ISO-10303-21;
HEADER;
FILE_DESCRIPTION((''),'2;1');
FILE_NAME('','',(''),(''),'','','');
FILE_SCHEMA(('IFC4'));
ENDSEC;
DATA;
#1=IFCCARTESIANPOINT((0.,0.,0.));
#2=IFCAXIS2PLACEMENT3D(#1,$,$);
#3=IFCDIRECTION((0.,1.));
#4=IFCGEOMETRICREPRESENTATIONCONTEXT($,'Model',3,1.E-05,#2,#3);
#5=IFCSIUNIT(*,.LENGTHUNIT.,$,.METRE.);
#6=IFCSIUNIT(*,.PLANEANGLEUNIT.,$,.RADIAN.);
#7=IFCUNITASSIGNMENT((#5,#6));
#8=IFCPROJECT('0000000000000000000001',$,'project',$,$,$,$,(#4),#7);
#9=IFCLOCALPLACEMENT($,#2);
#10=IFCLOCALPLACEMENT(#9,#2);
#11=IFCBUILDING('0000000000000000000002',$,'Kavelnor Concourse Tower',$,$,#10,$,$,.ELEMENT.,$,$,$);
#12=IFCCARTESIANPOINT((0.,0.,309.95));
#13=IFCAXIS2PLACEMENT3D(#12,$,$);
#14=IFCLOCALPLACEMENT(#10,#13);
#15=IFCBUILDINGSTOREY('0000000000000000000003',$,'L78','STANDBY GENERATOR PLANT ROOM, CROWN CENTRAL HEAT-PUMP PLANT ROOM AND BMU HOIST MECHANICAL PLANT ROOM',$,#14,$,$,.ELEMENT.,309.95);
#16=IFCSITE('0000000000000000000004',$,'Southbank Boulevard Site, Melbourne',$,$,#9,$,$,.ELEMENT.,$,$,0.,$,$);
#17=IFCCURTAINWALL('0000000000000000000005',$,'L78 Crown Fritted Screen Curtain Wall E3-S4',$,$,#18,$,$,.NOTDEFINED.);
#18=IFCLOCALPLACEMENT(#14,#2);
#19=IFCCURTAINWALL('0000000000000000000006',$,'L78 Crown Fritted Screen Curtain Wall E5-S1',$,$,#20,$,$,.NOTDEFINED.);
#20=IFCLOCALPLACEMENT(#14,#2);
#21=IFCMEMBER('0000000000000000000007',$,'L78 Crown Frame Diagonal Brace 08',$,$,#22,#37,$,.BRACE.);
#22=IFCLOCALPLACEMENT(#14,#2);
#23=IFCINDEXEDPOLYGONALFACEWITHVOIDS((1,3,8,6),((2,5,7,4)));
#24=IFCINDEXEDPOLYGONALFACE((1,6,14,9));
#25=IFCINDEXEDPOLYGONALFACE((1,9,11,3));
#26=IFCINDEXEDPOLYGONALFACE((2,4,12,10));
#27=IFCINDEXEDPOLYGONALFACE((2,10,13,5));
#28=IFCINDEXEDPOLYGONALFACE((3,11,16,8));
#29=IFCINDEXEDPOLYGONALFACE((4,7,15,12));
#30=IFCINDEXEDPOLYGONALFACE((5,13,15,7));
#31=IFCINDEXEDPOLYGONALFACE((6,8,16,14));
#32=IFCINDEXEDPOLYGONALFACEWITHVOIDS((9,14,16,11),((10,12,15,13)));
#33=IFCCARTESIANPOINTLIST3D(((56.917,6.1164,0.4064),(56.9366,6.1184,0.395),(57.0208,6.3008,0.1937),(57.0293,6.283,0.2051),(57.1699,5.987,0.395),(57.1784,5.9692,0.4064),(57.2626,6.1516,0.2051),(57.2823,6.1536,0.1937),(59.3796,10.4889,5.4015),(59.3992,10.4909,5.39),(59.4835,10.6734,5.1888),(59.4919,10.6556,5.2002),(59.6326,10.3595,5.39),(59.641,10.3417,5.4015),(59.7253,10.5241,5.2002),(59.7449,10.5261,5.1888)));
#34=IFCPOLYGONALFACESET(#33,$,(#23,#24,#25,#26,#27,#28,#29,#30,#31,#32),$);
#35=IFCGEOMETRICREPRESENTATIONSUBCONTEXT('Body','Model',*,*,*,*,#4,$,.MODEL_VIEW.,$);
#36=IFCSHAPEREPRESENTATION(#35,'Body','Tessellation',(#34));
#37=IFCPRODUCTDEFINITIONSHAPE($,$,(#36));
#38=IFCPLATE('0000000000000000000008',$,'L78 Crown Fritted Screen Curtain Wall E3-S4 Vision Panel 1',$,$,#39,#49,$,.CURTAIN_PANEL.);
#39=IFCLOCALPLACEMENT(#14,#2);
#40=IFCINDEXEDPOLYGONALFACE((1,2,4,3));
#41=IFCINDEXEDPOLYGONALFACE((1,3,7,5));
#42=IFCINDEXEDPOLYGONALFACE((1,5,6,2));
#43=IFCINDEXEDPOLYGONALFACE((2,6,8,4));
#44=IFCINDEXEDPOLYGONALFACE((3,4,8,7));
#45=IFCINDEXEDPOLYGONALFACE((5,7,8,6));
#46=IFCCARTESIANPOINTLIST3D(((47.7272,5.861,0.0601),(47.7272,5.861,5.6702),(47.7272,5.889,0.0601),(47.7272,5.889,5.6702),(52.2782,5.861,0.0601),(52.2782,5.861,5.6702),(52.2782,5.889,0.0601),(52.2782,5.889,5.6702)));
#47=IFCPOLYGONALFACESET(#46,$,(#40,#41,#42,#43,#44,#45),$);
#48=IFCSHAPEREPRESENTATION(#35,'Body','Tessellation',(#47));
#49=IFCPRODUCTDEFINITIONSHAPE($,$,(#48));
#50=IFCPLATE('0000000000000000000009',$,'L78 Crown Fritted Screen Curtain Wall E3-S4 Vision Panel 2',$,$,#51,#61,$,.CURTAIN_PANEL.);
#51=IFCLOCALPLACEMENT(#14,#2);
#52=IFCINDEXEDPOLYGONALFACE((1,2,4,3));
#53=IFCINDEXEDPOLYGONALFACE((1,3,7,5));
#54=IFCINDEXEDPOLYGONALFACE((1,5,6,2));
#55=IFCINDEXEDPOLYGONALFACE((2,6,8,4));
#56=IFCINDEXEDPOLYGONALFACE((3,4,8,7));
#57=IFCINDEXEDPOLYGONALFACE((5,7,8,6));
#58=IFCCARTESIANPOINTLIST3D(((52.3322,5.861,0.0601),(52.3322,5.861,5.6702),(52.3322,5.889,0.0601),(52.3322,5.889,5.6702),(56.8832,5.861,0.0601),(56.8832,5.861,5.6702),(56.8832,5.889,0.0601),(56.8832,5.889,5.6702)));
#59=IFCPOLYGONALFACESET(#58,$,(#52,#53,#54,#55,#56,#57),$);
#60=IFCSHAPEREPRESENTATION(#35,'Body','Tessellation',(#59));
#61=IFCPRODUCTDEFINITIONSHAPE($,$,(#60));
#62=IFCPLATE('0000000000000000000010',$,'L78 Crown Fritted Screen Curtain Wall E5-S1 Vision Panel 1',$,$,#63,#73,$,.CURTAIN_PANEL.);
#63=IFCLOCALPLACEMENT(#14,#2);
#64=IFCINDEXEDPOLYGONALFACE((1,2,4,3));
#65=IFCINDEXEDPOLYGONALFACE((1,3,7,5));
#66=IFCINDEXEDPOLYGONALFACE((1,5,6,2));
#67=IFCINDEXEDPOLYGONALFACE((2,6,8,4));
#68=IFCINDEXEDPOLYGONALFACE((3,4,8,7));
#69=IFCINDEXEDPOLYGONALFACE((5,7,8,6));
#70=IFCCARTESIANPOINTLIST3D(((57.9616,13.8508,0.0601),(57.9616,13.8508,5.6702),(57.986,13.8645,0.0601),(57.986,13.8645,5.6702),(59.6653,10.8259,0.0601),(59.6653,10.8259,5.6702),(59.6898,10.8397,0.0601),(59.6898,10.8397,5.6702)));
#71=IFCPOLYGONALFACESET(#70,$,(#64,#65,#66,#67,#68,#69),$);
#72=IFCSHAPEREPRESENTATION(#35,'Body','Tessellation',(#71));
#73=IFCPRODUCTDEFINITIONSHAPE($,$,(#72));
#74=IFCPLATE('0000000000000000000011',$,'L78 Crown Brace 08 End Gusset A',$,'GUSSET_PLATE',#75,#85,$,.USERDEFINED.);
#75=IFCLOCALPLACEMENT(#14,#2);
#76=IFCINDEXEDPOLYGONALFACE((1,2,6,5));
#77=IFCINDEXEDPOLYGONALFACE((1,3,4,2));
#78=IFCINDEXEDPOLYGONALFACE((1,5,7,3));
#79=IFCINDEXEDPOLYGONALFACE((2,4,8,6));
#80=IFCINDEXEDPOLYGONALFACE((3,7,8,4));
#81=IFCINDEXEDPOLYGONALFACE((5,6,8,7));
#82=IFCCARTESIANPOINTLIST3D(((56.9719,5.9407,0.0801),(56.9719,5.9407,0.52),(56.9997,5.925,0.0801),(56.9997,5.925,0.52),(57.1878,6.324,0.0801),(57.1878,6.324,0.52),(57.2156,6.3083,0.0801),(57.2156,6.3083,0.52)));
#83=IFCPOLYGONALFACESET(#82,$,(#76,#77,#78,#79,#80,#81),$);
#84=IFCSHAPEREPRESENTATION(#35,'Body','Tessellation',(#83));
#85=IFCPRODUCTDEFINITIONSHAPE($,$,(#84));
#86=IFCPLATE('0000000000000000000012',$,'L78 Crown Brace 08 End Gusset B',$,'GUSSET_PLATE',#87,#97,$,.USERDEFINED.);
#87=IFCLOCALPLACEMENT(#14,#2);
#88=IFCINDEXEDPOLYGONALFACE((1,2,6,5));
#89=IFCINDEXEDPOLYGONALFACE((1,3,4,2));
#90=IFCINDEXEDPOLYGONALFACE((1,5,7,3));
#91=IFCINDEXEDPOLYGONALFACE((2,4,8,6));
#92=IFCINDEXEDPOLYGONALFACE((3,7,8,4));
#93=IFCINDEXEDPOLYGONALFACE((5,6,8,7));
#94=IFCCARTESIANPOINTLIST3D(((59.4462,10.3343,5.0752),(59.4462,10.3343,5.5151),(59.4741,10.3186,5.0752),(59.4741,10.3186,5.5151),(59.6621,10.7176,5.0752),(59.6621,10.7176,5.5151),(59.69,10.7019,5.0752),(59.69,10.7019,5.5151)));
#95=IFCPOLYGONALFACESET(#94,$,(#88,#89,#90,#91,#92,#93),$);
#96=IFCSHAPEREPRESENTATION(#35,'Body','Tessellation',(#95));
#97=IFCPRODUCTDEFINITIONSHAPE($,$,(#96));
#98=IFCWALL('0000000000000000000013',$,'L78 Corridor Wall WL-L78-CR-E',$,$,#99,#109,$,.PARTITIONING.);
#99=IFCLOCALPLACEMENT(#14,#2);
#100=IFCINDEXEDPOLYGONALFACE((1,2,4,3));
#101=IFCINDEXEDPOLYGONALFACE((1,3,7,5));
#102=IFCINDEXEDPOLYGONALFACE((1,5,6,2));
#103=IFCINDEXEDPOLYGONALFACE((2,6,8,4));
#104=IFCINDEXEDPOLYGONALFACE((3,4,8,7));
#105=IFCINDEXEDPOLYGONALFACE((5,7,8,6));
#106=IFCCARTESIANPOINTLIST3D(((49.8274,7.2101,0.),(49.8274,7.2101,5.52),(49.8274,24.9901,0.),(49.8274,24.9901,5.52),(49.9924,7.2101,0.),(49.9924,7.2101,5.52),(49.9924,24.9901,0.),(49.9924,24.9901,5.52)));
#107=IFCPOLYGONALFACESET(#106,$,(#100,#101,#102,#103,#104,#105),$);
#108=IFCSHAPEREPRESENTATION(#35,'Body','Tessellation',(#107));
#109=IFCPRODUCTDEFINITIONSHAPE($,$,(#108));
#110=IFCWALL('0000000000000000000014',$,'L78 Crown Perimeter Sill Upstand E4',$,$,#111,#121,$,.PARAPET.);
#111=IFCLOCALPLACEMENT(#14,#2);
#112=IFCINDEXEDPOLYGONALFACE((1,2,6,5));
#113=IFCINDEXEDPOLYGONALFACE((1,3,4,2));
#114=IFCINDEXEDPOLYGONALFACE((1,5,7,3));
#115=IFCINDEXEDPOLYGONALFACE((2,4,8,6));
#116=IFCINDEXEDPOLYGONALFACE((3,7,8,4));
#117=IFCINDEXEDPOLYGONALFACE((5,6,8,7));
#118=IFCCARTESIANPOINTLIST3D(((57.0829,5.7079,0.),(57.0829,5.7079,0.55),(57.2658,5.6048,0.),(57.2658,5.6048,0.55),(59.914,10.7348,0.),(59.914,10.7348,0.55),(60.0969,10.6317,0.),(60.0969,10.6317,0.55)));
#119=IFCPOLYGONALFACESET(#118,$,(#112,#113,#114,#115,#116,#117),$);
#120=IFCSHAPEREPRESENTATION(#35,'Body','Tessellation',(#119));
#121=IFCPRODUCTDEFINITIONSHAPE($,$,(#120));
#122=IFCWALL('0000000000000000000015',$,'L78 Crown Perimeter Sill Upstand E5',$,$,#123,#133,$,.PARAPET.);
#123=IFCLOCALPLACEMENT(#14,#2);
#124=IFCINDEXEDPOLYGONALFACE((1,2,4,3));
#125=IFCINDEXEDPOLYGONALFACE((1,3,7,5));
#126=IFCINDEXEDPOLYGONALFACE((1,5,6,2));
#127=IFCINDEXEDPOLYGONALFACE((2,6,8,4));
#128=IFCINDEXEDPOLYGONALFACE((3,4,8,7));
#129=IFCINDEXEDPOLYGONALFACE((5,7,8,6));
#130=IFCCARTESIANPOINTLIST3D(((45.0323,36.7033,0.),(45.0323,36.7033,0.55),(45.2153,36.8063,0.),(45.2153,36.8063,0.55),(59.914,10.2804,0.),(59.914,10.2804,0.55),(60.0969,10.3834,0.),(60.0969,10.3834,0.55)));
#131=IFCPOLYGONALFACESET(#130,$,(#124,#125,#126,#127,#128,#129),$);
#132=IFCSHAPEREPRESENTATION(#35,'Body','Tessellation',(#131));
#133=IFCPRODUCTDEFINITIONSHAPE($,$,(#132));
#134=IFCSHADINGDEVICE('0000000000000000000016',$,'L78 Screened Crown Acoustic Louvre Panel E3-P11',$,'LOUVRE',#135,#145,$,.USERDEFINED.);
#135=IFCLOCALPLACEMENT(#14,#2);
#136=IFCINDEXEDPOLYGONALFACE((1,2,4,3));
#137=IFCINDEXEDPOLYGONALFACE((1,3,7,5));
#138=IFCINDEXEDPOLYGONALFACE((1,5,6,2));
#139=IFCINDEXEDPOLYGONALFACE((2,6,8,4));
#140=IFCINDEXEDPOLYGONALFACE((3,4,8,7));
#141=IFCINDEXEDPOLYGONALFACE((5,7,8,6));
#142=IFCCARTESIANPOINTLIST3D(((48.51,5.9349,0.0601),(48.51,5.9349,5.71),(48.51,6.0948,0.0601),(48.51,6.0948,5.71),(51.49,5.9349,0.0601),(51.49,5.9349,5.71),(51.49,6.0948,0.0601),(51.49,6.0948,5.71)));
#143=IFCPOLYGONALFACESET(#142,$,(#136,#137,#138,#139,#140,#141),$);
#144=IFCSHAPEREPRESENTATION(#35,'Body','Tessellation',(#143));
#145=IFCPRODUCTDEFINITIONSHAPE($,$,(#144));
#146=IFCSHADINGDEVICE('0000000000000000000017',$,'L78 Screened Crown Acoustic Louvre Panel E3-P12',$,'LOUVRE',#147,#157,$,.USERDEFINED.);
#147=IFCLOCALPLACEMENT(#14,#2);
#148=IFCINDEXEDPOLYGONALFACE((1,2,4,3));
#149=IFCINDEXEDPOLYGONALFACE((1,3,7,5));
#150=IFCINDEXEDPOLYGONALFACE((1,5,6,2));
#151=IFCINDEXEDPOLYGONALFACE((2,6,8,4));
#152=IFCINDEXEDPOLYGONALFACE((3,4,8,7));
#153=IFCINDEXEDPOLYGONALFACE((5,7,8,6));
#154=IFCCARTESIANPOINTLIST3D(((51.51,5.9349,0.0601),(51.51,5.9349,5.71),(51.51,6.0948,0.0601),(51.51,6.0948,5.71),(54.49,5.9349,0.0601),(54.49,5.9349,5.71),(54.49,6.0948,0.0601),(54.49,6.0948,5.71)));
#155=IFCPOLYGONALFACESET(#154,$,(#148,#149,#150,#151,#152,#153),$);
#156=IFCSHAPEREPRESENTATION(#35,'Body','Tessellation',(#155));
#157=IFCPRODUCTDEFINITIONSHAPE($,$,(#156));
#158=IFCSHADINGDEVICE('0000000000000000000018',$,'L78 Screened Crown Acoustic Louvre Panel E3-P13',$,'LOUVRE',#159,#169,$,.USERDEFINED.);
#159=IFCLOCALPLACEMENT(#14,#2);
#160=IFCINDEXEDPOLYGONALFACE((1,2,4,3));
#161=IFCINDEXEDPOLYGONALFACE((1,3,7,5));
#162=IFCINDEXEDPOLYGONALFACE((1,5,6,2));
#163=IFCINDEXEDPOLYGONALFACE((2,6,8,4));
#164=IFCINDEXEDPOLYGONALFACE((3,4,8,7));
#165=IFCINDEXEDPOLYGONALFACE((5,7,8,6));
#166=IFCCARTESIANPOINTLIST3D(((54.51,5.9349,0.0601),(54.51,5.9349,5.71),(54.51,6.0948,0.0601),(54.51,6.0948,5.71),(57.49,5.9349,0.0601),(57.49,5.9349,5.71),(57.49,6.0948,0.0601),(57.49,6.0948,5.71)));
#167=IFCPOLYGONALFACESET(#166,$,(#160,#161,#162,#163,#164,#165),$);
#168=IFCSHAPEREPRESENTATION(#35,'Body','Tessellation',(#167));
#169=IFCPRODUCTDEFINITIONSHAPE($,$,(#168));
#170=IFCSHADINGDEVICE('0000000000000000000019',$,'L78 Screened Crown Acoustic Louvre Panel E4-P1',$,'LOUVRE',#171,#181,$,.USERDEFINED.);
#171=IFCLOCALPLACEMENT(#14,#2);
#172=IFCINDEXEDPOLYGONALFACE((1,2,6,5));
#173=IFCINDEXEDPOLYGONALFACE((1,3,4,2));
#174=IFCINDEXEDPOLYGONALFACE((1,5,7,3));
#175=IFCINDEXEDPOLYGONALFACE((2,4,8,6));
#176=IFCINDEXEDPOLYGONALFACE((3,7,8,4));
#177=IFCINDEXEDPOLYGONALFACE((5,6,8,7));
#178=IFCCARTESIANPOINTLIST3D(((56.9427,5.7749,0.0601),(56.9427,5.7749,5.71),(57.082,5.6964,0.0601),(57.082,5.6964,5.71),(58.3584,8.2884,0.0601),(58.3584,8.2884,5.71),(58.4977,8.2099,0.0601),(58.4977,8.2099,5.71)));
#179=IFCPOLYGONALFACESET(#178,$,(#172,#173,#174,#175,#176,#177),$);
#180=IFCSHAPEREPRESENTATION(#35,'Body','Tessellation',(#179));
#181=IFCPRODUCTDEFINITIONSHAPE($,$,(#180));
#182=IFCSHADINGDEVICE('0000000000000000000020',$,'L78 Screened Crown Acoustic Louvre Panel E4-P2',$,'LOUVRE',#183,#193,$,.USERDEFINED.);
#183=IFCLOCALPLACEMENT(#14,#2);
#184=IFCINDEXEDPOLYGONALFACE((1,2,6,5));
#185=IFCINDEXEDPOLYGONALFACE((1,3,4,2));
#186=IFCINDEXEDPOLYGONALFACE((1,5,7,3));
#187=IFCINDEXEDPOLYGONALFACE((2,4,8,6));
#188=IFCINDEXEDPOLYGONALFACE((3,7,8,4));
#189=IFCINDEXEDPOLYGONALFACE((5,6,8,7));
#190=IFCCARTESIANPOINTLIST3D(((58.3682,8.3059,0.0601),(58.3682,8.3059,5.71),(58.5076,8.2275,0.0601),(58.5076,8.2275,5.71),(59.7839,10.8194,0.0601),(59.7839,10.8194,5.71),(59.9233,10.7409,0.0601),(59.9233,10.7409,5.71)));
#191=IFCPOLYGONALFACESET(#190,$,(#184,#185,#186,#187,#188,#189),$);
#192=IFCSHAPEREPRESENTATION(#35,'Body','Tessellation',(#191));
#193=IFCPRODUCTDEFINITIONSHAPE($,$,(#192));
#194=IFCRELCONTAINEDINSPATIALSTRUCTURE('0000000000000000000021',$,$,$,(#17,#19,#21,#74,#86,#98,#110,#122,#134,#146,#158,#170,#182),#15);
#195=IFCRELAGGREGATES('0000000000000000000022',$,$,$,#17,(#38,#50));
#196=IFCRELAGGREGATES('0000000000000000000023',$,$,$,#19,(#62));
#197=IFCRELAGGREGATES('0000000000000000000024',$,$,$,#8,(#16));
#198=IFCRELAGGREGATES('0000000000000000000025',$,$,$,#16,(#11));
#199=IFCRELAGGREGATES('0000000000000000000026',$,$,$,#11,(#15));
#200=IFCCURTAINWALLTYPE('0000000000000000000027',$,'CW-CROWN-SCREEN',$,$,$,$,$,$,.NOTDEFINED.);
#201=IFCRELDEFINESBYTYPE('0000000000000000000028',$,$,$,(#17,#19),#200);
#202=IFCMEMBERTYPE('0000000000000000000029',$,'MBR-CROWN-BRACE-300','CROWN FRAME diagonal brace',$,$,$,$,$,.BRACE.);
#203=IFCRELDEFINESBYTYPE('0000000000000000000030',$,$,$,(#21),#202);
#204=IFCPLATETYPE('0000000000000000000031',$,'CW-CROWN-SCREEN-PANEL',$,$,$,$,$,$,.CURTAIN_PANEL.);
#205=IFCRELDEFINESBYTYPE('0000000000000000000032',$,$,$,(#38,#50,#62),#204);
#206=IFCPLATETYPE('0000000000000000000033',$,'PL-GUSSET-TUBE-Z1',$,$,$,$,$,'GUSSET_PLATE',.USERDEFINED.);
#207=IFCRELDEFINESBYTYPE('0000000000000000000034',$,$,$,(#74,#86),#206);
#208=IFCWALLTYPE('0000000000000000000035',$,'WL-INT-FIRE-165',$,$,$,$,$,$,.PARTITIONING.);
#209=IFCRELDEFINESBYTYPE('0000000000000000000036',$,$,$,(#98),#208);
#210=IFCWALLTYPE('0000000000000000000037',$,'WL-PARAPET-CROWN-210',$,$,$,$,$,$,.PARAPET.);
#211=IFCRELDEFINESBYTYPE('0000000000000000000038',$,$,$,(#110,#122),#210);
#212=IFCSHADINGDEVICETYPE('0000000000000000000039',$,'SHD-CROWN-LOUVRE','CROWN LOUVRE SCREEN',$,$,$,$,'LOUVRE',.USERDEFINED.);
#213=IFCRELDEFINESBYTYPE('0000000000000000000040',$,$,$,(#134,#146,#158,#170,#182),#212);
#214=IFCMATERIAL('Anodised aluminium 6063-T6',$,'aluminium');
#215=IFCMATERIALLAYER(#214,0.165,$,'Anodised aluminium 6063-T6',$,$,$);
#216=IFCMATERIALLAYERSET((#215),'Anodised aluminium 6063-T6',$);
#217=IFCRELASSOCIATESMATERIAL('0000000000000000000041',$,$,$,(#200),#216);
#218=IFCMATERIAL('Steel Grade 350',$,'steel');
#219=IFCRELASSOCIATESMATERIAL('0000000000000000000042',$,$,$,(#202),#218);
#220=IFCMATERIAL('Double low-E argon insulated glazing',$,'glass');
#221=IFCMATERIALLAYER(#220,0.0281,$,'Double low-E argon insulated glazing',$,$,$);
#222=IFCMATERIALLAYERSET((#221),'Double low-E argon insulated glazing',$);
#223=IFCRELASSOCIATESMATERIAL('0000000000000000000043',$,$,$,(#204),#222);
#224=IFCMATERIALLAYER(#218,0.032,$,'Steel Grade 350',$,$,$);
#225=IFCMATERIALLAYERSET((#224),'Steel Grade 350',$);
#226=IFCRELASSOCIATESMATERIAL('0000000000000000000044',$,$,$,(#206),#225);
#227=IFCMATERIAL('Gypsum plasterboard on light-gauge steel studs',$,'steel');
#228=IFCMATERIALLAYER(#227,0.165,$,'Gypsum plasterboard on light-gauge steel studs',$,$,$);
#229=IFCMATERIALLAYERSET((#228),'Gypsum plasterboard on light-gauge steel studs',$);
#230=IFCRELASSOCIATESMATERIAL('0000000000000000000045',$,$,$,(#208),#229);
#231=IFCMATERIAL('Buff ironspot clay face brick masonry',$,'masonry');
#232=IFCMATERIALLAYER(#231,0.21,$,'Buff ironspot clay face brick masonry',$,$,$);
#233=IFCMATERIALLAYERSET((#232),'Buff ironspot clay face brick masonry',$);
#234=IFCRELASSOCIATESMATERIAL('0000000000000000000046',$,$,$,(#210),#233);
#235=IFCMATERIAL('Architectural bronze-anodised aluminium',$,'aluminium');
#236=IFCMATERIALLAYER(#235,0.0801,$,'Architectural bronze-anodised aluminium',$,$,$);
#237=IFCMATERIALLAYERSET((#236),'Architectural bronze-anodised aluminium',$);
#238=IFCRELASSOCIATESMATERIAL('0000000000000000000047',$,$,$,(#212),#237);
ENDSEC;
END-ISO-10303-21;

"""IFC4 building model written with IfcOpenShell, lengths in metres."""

from ifc_helpers import new_model, si_unit, direction, frame, frame_2d, origin, origin_2d, place, context, subcontext, project, spatial, rectangle, hollow_rectangle, extrude, material, layer, layer_set, material_profile, profile_set, type_object, element, aggregate, save


model = new_model("IFC4")

# Units and contexts
model_context = context("Model", 3, precision=1e-05, world=origin(), true_north=direction((0.0, 1.0)))
body_context = subcontext(model_context, "Body", "Model", "MODEL_VIEW")
ifc_project = project(units=[si_unit("LENGTHUNIT", "METRE"), si_unit("PLANEANGLEUNIT", "RADIAN")], contexts=[model_context])

# Site, building, storey
site_placement = place(None, origin())
site = spatial("IfcSite", under=ifc_project, at=site_placement, Name="Southbank Boulevard Site, Melbourne", CompositionType="ELEMENT", RefElevation=0.0)
building_placement = place(site_placement, origin())
building = spatial("IfcBuilding", under=site, at=building_placement, Name="Kavelnor Concourse Tower", CompositionType="ELEMENT")
storey_placement = place(building_placement, frame((0.0, 0.0, 309.95)))
storey = spatial("IfcBuildingStorey", under=building, at=storey_placement, Name="L78", Description="STANDBY GENERATOR PLANT ROOM, CROWN CENTRAL HEAT-PUMP PLANT ROOM AND BMU HOIST MECHANICAL PLANT ROOM", CompositionType="ELEMENT", Elevation=309.95)

# Shared definitions
ifc_material_1 = material(Name="Steel Grade 350", Category="steel")

# Curtain walls
ifc_material_2 = material(Name="Anodised aluminium 6063-T6", Category="aluminium")
ifc_layer_1 = layer(ifc_material_2, 0.165, Name="Anodised aluminium 6063-T6")
ifc_layer_set_1 = layer_set([ifc_layer_1], Name="Anodised aluminium 6063-T6")
curtain_wall_type = type_object("IfcCurtainWallType", Name="CW-CROWN-SCREEN", PredefinedType="NOTDEFINED", material=ifc_layer_set_1)
curtain_wall_1_placement = place(storey_placement, origin())
curtain_wall_1 = element("IfcCurtainWall", 1, at=curtain_wall_1_placement, inside=storey, type_object=curtain_wall_type, Name="L78 Crown Fritted Screen Curtain Wall E3-S4", PredefinedType="NOTDEFINED")
curtain_wall_2_placement = place(storey_placement, origin())
curtain_wall_2 = element("IfcCurtainWall", 2, at=curtain_wall_2_placement, inside=storey, type_object=curtain_wall_type, Name="L78 Crown Fritted Screen Curtain Wall E5-S1", PredefinedType="NOTDEFINED")

# Member
ifc_material_profile_1 = material_profile(ifc_material_1, hollow_rectangle(XDim=0.3, YDim=0.3, WallThickness=0.0161, at=origin_2d()), Name="SHS 300x300x16")
ifc_profile_set_1 = profile_set([ifc_material_profile_1], Name="Steel Grade 350")
member_type_1 = type_object("IfcMemberType", Name="MBR-CROWN-BRACE-300", Description="CROWN FRAME diagonal brace", PredefinedType="BRACE", material=ifc_profile_set_1)
member_1_placement = place(storey_placement, frame((57.0996, 6.135, 0.3), z_axis=(0.347801, 0.617539, 0.705464), x_axis=(-0.871313, 0.490728, 0.0)))
element("IfcMember", 3, at=member_1_placement, inside=storey, type_object=member_type_1, Name="L78 Crown Frame Diagonal Brace 08", PredefinedType="BRACE", context=body_context, shape_type="SweptSolid", body=[
    extrude(hollow_rectangle(XDim=0.3, YDim=0.3, WallThickness=0.0161, at=origin_2d()), origin(), (0.0, 0.0, 1.0), 7.0806),
])

# Plates
ifc_material_3 = material(Name="Double low-E argon insulated glazing", Category="glass")
ifc_layer_2 = layer(ifc_material_3, 0.0281, Name="Double low-E argon insulated glazing")
ifc_layer_set_2 = layer_set([ifc_layer_2], Name="Double low-E argon insulated glazing")
plate_type_1 = type_object("IfcPlateType", Name="CW-CROWN-SCREEN-PANEL", PredefinedType="CURTAIN_PANEL", material=ifc_layer_set_2)
plate_1_placement = place(storey_placement, frame((50.0027, 5.875, 0.0601), z_axis=(0.0, 0.0, 1.0), x_axis=(1.0, 0.0, 0.0)))
plate_1 = element("IfcPlate", 4, at=plate_1_placement, type_object=plate_type_1, Name="L78 Crown Fritted Screen Curtain Wall E3-S4 Vision Panel 1", PredefinedType="CURTAIN_PANEL", context=body_context, shape_type="SweptSolid", body=[
    extrude(rectangle(XDim=4.551, YDim=0.0281, at=origin_2d()), origin(), (0.0, 0.0, 1.0), 5.6101),
])
plate_2_placement = place(storey_placement, frame((54.6077, 5.875, 0.0601), z_axis=(0.0, 0.0, 1.0), x_axis=(1.0, 0.0, 0.0)))
plate_2 = element("IfcPlate", 5, at=plate_2_placement, type_object=plate_type_1, Name="L78 Crown Fritted Screen Curtain Wall E3-S4 Vision Panel 2", PredefinedType="CURTAIN_PANEL", context=body_context, shape_type="SweptSolid", body=[
    extrude(rectangle(XDim=4.551, YDim=0.0281, at=origin_2d()), origin(), (0.0, 0.0, 1.0), 5.6101),
])
aggregate(curtain_wall_1, [plate_1, plate_2])
plate_3_placement = place(storey_placement, frame((58.8257, 12.3452, 0.0601), z_axis=(0.0, 0.0, 1.0), x_axis=(-0.490752, 0.871299, 0.0)))
plate_3 = element("IfcPlate", 6, at=plate_3_placement, type_object=plate_type_1, Name="L78 Crown Fritted Screen Curtain Wall E5-S1 Vision Panel 1", PredefinedType="CURTAIN_PANEL", context=body_context, shape_type="SweptSolid", body=[
    extrude(rectangle(XDim=3.4717, YDim=0.0281, at=origin_2d()), origin(), (0.0, 0.0, 1.0), 5.6101),
])
aggregate(curtain_wall_2, [plate_3])

# Plates
ifc_layer_3 = layer(ifc_material_1, 0.032, Name="Steel Grade 350")
ifc_layer_set_3 = layer_set([ifc_layer_3], Name="Steel Grade 350")
plate_type_2 = type_object("IfcPlateType", Name="PL-GUSSET-TUBE-Z1", ElementType="GUSSET_PLATE", PredefinedType="USERDEFINED", material=ifc_layer_set_3)
for number, where, z_axis, x_axis, name in (
    (7, (57.0938, 6.1245, 0.0801), (0.0, 0.0, 1.0), (0.490752, 0.871299, 0.0), "L78 Crown Brace 08 End Gusset A"),
    (8, (59.5681, 10.5181, 5.0752), (0.0, 0.0, 1.0), (0.490752, 0.871299, 0.0), "L78 Crown Brace 08 End Gusset B"),
):
    element("IfcPlate", number, at=place(storey_placement, frame(where, z_axis=z_axis, x_axis=x_axis)), inside=storey, type_object=plate_type_2, Name=name, ObjectType="GUSSET_PLATE", PredefinedType="USERDEFINED", context=body_context, shape_type="SweptSolid", body=[
        extrude(rectangle(XDim=0.4399, YDim=0.032, at=origin_2d()), origin(), (0.0, 0.0, 1.0), 0.4399),
    ])

# Walls
ifc_material_4 = material(Name="Gypsum plasterboard on light-gauge steel studs", Category="steel")
ifc_layer_4 = layer(ifc_material_4, 0.165, Name="Gypsum plasterboard on light-gauge steel studs")
ifc_layer_set_4 = layer_set([ifc_layer_4], Name="Gypsum plasterboard on light-gauge steel studs")
wall_type_1 = type_object("IfcWallType", Name="WL-INT-FIRE-165", PredefinedType="PARTITIONING", material=ifc_layer_set_4)
wall_1_placement = place(storey_placement, frame((49.9099, 7.21, 0.0), z_axis=(0.0, 0.0, 1.0), x_axis=(0.0, 1.0, 0.0)))
element("IfcWall", 9, at=wall_1_placement, inside=storey, type_object=wall_type_1, Name="L78 Corridor Wall WL-L78-CR-E", PredefinedType="PARTITIONING", context=body_context, shape_type="SweptSolid", body=[
    extrude(rectangle(XDim=17.78, YDim=0.165, at=frame_2d((8.8901, 0.0))), origin(), (0.0, 0.0, 1.0), 5.52),
])
ifc_material_5 = material(Name="Buff ironspot clay face brick masonry", Category="masonry")
ifc_layer_5 = layer(ifc_material_5, 0.21, Name="Buff ironspot clay face brick masonry")
ifc_layer_set_5 = layer_set([ifc_layer_5], Name="Buff ironspot clay face brick masonry")
wall_type_2 = type_object("IfcWallType", Name="WL-PARAPET-CROWN-210", PredefinedType="PARAPET", material=ifc_layer_set_5)
wall_2_placement = place(storey_placement, frame((57.1743, 5.6562, 0.0), z_axis=(0.0, 0.0, 1.0), x_axis=(0.490715, 0.87132, 0.0)))
element("IfcWall", 10, at=wall_2_placement, inside=storey, type_object=wall_type_2, Name="L78 Crown Perimeter Sill Upstand E4", PredefinedType="PARAPET", context=body_context, shape_type="SweptSolid", body=[
    extrude(rectangle(XDim=5.7693, YDim=0.21, at=frame_2d((2.8848, 0.0))), origin(), (0.0, 0.0, 1.0), 0.55),
])
wall_3_placement = place(storey_placement, frame((60.0054, 10.332, 0.0), z_axis=(0.0, 0.0, 1.0), x_axis=(-0.490731, 0.871311, 0.0)))
element("IfcWall", 11, at=wall_3_placement, inside=storey, type_object=wall_type_2, Name="L78 Crown Perimeter Sill Upstand E5", PredefinedType="PARAPET", context=body_context, shape_type="SweptSolid", body=[
    extrude(rectangle(XDim=30.3254, YDim=0.21, at=frame_2d((15.1626, 0.0))), origin(), (0.0, 0.0, 1.0), 0.55),
])

# Shading devices
ifc_material_6 = material(Name="Architectural bronze-anodised aluminium", Category="aluminium")
ifc_layer_6 = layer(ifc_material_6, 0.0801, Name="Architectural bronze-anodised aluminium")
ifc_layer_set_6 = layer_set([ifc_layer_6], Name="Architectural bronze-anodised aluminium")
shading_device_type = type_object("IfcShadingDeviceType", Name="SHD-CROWN-LOUVRE", Description="CROWN LOUVRE SCREEN", ElementType="LOUVRE", PredefinedType="USERDEFINED", material=ifc_layer_set_6)
for number, where, z_axis, x_axis, name in (
    (12, (50.0, 6.0149, 0.0601), (0.0, 0.0, 1.0), (1.0, 0.0, 0.0), "L78 Screened Crown Acoustic Louvre Panel E3-P11"),
    (13, (53.0, 6.0149, 0.0601), (0.0, 0.0, 1.0), (1.0, 0.0, 0.0), "L78 Screened Crown Acoustic Louvre Panel E3-P12"),
    (14, (56.0, 6.0149, 0.0601), (0.0, 0.0, 1.0), (1.0, 0.0, 0.0), "L78 Screened Crown Acoustic Louvre Panel E3-P13"),
):
    element("IfcShadingDevice", number, at=place(storey_placement, frame(where, z_axis=z_axis, x_axis=x_axis)), inside=storey, type_object=shading_device_type, Name=name, ObjectType="LOUVRE", PredefinedType="USERDEFINED", context=body_context, shape_type="SweptSolid", body=[
        extrude(rectangle(XDim=2.98, YDim=0.1599, at=origin_2d()), origin(), (0.0, 0.0, 1.0), 5.6499),
    ])
for number, where, z_axis, x_axis, name in (
    (15, (57.7202, 6.9924, 0.0601), (0.0, 0.0, 1.0), (0.490752, 0.871299, 0.0), "L78 Screened Crown Acoustic Louvre Panel E4-P1"),
    (16, (59.1458, 9.5234, 0.0601), (0.0, 0.0, 1.0), (0.490752, 0.871299, 0.0), "L78 Screened Crown Acoustic Louvre Panel E4-P2"),
):
    element("IfcShadingDevice", number, at=place(storey_placement, frame(where, z_axis=z_axis, x_axis=x_axis)), inside=storey, type_object=shading_device_type, Name=name, ObjectType="LOUVRE", PredefinedType="USERDEFINED", context=body_context, shape_type="SweptSolid", body=[
        extrude(rectangle(XDim=2.8848, YDim=0.1599, at=origin_2d()), origin(), (0.0, 0.0, 1.0), 5.6499),
    ])

save(model, "model.ifc")
